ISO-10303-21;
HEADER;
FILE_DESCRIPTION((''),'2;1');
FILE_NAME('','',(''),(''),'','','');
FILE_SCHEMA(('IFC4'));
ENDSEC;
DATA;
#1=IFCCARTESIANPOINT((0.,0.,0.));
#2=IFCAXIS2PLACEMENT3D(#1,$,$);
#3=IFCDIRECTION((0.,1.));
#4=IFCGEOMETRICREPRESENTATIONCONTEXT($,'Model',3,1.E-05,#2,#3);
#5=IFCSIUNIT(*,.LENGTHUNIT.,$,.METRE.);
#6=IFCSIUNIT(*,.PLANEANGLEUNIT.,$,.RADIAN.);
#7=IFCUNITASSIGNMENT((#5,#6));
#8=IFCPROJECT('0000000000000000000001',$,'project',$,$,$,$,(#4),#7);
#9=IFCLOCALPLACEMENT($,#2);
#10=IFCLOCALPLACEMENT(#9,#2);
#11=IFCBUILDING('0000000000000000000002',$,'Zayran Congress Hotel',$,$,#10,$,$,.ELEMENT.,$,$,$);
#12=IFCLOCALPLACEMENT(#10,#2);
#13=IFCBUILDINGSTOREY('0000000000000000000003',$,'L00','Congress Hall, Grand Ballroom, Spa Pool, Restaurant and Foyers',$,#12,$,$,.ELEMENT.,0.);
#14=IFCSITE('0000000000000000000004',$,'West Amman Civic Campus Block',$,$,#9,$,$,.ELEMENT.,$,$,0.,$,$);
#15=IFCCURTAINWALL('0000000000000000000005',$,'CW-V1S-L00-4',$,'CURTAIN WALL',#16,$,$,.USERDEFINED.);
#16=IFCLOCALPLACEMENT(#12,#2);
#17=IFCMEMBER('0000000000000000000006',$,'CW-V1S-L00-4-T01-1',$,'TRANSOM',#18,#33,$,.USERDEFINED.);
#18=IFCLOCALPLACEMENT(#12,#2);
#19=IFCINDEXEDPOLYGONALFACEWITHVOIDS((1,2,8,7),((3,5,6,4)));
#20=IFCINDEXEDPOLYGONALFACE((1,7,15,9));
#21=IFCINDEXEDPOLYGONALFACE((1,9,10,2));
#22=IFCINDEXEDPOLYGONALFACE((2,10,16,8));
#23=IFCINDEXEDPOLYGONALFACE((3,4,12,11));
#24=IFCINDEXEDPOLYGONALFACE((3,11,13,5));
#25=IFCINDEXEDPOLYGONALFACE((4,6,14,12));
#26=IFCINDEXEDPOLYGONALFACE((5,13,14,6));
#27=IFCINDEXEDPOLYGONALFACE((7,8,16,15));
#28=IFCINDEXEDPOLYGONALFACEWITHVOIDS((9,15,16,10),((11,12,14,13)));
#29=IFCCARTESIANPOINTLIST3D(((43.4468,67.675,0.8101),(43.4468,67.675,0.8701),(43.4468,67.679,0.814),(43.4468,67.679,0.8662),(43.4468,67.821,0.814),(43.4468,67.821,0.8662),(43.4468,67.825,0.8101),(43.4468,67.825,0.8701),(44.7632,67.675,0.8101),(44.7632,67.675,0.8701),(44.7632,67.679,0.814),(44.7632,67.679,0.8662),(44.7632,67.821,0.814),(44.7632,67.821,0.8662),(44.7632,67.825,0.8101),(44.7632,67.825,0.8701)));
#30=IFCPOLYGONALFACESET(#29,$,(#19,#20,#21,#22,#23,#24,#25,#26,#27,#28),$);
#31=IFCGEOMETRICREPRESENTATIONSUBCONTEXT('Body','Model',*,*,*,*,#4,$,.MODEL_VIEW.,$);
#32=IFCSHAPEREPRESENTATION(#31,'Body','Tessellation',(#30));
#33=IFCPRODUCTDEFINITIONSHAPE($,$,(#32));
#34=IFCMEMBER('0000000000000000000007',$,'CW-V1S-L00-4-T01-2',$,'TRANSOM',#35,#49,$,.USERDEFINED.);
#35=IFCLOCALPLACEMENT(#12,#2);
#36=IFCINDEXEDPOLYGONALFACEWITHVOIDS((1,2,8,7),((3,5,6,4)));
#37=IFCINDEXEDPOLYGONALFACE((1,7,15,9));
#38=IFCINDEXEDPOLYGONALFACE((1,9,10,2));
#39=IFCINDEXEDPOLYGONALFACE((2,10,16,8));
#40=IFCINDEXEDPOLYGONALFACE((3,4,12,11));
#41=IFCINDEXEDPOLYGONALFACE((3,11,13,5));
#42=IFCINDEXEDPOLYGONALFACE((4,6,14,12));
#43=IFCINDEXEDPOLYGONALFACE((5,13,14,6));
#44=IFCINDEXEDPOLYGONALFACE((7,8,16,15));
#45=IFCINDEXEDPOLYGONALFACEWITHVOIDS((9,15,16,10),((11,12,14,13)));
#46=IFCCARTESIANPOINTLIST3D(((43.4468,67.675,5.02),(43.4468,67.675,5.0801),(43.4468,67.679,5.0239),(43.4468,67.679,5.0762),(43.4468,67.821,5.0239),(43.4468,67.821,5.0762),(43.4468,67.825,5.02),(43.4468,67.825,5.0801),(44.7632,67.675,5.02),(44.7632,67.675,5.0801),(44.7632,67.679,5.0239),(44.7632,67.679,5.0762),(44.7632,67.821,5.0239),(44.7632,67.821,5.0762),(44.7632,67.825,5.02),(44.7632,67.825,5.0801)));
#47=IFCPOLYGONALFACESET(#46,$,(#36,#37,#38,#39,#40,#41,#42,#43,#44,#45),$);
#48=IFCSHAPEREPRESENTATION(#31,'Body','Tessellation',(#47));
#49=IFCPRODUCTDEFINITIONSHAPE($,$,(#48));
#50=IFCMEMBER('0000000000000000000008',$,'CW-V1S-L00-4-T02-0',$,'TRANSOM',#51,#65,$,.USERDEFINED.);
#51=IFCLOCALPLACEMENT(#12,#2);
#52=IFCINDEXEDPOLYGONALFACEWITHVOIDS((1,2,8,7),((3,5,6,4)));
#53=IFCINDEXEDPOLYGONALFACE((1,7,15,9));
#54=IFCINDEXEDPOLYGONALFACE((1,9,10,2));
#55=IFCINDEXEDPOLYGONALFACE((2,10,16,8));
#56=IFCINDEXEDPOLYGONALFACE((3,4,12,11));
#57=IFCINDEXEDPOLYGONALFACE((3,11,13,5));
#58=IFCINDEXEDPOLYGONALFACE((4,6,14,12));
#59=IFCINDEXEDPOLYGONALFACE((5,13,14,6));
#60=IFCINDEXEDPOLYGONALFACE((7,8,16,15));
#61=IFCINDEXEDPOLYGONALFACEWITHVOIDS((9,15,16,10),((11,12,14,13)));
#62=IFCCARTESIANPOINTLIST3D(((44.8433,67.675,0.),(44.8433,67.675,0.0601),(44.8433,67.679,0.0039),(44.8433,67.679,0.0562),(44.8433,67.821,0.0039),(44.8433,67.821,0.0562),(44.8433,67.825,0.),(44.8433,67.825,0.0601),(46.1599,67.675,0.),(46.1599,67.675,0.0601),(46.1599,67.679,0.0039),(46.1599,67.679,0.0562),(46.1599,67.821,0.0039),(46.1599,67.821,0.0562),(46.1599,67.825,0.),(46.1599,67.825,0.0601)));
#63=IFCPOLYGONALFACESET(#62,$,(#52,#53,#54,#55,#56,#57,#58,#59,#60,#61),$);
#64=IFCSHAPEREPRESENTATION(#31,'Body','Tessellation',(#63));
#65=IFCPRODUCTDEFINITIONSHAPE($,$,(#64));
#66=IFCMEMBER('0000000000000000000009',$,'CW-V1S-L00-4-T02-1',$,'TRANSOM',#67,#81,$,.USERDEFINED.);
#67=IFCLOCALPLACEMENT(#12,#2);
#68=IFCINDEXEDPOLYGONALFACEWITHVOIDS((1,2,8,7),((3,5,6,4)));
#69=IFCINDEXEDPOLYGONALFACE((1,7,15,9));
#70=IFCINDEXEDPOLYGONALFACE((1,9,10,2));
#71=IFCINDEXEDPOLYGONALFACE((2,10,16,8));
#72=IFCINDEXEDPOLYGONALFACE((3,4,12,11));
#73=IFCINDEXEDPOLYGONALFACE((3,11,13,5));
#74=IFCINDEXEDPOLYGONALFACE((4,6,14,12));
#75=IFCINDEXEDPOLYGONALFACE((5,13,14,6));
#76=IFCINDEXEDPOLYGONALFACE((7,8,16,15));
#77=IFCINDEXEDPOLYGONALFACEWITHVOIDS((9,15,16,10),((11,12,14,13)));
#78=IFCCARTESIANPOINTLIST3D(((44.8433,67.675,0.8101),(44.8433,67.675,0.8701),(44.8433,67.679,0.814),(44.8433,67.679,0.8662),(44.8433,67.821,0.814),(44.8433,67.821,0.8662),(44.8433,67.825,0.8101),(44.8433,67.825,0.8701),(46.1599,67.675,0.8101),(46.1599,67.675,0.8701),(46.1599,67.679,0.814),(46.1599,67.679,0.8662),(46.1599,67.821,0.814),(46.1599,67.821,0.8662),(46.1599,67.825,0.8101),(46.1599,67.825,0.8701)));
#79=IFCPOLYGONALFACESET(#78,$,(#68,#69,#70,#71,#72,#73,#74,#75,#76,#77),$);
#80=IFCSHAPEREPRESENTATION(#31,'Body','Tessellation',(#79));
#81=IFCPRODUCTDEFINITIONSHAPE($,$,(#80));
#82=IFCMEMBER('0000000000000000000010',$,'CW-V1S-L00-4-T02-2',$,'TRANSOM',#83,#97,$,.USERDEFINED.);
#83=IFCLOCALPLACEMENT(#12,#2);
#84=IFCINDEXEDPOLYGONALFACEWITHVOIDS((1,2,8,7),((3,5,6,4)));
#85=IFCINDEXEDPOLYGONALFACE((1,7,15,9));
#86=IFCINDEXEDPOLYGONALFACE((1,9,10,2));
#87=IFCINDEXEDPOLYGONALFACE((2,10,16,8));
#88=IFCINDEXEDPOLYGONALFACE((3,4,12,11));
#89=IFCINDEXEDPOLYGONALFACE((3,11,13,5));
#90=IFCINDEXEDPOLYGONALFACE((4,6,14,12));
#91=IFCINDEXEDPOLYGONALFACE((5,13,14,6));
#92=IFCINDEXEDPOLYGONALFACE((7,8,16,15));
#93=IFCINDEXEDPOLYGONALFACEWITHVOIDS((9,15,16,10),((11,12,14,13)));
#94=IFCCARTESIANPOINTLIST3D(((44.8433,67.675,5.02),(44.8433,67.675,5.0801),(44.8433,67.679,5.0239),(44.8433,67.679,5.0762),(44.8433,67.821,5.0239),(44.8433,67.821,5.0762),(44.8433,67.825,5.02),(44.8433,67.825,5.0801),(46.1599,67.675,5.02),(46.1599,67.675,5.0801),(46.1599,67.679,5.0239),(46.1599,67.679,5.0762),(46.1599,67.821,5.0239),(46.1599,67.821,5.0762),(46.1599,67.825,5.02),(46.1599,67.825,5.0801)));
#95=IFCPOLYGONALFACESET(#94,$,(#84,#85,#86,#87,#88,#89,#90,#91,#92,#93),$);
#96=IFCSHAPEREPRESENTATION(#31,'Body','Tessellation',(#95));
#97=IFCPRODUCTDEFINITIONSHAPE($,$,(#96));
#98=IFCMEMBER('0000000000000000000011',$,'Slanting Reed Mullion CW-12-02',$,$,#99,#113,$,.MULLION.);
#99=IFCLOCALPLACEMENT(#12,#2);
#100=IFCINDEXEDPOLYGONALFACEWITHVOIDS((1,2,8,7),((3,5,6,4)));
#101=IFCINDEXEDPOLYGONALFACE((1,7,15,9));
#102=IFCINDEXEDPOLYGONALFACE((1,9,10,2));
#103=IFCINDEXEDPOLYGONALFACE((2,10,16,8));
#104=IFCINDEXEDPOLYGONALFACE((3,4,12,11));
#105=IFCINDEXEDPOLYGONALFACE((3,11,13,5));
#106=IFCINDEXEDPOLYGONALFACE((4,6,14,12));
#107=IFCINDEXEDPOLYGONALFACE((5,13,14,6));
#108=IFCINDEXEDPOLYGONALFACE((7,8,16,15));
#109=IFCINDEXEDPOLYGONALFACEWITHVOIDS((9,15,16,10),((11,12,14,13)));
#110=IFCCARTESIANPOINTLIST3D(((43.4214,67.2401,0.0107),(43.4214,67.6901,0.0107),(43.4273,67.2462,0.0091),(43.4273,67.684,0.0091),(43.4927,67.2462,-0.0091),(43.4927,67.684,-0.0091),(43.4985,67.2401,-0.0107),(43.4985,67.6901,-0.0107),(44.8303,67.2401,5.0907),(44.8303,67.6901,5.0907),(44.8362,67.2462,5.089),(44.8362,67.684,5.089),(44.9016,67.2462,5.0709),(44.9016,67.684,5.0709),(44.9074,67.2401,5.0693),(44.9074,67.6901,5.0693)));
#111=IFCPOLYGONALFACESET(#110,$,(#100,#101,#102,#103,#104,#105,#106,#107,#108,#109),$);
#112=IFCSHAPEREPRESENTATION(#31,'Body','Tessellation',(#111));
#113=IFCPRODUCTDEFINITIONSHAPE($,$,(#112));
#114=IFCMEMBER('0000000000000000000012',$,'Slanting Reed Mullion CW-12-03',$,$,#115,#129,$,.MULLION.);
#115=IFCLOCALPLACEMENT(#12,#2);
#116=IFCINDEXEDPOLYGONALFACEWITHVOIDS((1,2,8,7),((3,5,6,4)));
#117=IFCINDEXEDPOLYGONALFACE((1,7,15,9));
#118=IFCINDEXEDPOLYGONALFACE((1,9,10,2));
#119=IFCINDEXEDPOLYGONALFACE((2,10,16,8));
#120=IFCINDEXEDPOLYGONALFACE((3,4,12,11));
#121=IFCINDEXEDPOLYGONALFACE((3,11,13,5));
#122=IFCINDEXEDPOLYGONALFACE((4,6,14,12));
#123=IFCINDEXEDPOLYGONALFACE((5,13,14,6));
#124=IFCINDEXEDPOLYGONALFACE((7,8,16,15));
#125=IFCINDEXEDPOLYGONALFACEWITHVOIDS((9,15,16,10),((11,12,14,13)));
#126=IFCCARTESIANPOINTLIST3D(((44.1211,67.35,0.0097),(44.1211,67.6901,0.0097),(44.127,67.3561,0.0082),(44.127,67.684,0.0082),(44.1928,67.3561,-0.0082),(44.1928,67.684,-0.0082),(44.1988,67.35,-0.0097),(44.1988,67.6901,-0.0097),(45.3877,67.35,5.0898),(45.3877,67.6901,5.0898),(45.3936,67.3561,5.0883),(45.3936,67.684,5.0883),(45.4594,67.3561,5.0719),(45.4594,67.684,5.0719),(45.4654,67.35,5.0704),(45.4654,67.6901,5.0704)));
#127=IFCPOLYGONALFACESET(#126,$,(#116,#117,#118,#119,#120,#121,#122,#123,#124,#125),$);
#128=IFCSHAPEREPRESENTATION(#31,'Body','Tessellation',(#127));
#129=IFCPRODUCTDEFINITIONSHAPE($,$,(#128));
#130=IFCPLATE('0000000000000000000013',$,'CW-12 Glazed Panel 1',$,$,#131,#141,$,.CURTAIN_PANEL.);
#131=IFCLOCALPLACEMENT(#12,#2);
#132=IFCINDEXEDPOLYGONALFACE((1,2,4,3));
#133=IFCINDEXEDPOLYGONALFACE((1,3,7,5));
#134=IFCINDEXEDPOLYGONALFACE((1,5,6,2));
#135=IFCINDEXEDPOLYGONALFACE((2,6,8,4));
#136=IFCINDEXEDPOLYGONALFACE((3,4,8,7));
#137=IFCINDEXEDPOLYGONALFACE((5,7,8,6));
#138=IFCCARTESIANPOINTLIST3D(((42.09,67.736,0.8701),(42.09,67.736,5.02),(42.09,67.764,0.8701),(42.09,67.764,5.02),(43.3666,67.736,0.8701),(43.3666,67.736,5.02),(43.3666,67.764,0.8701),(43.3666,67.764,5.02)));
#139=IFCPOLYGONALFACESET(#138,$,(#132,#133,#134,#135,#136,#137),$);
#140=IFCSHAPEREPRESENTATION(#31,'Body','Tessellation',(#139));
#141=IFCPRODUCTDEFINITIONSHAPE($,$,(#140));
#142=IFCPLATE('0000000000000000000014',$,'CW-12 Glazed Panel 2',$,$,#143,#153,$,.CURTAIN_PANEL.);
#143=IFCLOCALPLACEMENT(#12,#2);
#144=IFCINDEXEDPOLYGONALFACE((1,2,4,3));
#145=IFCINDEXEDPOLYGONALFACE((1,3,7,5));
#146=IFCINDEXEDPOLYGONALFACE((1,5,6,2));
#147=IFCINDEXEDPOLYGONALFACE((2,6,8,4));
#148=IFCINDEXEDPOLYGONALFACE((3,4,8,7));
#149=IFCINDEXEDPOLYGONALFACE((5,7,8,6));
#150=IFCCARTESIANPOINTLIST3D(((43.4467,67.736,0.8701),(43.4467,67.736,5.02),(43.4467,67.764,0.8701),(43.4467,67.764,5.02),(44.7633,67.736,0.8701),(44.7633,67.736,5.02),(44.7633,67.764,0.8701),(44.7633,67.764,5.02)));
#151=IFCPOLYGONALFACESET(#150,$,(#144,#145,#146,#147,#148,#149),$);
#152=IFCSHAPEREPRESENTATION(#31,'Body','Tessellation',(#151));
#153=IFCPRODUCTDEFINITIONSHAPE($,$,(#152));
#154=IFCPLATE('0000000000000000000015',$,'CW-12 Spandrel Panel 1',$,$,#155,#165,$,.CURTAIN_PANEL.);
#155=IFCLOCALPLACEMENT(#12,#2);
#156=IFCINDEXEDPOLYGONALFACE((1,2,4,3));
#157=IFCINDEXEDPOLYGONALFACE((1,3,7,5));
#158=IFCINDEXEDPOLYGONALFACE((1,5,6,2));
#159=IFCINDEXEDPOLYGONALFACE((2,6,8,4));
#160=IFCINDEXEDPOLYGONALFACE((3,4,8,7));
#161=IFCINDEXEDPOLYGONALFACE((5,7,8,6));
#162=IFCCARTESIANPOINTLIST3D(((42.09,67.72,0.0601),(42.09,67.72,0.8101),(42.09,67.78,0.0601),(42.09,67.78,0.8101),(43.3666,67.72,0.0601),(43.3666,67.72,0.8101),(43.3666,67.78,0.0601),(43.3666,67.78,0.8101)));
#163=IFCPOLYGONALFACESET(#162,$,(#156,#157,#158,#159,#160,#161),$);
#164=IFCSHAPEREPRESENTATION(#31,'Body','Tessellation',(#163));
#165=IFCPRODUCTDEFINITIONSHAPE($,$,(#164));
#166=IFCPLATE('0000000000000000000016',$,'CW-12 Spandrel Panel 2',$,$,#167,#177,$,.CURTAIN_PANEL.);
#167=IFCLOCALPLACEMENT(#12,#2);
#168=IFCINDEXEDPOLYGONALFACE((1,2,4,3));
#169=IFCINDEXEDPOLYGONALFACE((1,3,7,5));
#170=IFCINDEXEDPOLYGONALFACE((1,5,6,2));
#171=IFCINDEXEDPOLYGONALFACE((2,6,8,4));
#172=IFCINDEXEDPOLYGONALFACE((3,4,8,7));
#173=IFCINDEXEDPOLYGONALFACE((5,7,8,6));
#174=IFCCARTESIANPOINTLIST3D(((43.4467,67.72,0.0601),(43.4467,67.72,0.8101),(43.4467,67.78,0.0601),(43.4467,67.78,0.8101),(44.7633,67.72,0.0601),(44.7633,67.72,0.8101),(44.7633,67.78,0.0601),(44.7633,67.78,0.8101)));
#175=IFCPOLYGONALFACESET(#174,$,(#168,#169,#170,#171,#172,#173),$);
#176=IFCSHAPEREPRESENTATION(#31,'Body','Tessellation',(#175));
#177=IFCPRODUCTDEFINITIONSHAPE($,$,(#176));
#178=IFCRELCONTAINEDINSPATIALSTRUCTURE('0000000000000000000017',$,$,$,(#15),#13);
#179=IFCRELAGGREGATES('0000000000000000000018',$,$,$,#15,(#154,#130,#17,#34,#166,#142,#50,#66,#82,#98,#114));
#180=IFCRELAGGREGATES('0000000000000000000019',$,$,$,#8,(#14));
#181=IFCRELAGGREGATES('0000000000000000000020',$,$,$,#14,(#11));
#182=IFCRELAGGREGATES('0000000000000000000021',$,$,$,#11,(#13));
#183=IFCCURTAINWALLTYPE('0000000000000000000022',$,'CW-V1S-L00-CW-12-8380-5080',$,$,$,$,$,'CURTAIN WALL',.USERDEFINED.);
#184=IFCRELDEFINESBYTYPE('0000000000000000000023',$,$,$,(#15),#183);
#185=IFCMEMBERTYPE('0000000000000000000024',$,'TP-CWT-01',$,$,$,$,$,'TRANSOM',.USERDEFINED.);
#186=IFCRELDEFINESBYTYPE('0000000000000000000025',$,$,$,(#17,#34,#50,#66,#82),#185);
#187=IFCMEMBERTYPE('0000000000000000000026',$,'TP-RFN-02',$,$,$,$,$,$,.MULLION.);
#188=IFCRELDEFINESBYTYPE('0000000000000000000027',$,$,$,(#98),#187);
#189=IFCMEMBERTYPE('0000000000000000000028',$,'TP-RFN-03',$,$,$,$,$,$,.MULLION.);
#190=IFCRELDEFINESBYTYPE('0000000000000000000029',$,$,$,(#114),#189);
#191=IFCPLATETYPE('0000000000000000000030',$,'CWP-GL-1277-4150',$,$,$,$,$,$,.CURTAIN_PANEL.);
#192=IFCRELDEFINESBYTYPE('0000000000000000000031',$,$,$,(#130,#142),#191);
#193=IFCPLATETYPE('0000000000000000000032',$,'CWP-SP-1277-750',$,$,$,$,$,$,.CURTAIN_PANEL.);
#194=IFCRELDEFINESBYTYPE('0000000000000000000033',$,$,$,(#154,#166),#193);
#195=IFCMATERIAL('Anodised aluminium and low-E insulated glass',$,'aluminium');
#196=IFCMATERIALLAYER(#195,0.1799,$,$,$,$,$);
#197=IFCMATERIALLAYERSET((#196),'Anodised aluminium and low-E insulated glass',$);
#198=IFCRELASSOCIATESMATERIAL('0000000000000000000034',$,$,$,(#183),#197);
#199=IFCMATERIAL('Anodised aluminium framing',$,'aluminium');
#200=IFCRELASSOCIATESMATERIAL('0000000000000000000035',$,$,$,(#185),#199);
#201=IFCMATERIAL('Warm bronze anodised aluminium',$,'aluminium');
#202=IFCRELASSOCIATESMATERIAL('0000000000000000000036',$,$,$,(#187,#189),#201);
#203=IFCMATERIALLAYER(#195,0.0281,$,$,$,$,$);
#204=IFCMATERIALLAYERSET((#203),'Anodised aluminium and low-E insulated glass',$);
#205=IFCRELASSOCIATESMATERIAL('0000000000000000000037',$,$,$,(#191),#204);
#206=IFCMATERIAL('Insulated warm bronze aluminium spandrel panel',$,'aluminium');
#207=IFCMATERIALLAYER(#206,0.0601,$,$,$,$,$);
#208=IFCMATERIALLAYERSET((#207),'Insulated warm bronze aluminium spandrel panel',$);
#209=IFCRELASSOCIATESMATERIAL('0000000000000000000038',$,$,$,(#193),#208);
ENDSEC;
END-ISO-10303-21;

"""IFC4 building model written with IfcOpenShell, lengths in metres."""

from ifc_helpers import new_model, si_unit, direction, frame, origin, origin_2d, place, context, subcontext, project, spatial, rectangle, hollow_rectangle, extrude, material, layer, layer_set, material_profile, profile_set, type_object, element, aggregate, save


model = new_model("IFC4")

# Units and contexts
model_context = context("Model", 3, precision=1e-05, world=origin(), true_north=direction((0.0, 1.0)))
body_context = subcontext(model_context, "Body", "Model", "MODEL_VIEW")
ifc_project = project(units=[si_unit("LENGTHUNIT", "METRE"), si_unit("PLANEANGLEUNIT", "RADIAN")], contexts=[model_context])

# Site, building, storey
site_placement = place(None, origin())
site = spatial("IfcSite", under=ifc_project, at=site_placement, Name="West Amman Civic Campus Block", CompositionType="ELEMENT", RefElevation=0.0)
building_placement = place(site_placement, origin())
building = spatial("IfcBuilding", under=site, at=building_placement, Name="Zayran Congress Hotel", CompositionType="ELEMENT")
storey_placement = place(building_placement, origin())
storey = spatial("IfcBuildingStorey", under=building, at=storey_placement, Name="L00", Description="Congress Hall, Grand Ballroom, Spa Pool, Restaurant and Foyers", CompositionType="ELEMENT", Elevation=0.0)

# Curtain wall, members, plates
ifc_material_1 = material(Name="Anodised aluminium and low-E insulated glass", Category="aluminium")
ifc_layer_1 = layer(ifc_material_1, 0.1799)
ifc_layer_set_1 = layer_set([ifc_layer_1], Name="Anodised aluminium and low-E insulated glass")
curtain_wall_type = type_object("IfcCurtainWallType", Name="CW-V1S-L00-CW-12-8380-5080", ElementType="CURTAIN WALL", PredefinedType="USERDEFINED", material=ifc_layer_set_1)
curtain_wall_placement = place(storey_placement, origin())
curtain_wall = element("IfcCurtainWall", 1, at=curtain_wall_placement, inside=storey, type_object=curtain_wall_type, Name="CW-V1S-L00-4", ObjectType="CURTAIN WALL", PredefinedType="USERDEFINED")
ifc_material_2 = material(Name="Anodised aluminium framing", Category="aluminium")
ifc_material_profile_1 = material_profile(ifc_material_2, hollow_rectangle(XDim=0.0601, YDim=0.1499, WallThickness=0.0039, at=origin_2d()), Name="RHS 150x60x4")
ifc_profile_set_1 = profile_set([ifc_material_profile_1], Name="Anodised aluminium framing")
member_type_1 = type_object("IfcMemberType", Name="TP-CWT-01", ElementType="TRANSOM", PredefinedType="USERDEFINED", material=ifc_profile_set_1)
member_1_placement = place(storey_placement, frame((43.4468, 67.75, 0.8401), z_axis=(1.0, 0.0, 0.0), x_axis=(0.0, 0.0, 1.0)))
member_1 = element("IfcMember", 2, at=member_1_placement, type_object=member_type_1, Name="CW-V1S-L00-4-T01-1", ObjectType="TRANSOM", PredefinedType="USERDEFINED", context=body_context, shape_type="SweptSolid", body=[
    extrude(hollow_rectangle(XDim=0.0601, YDim=0.1499, WallThickness=0.0039, at=origin_2d()), origin(), (0.0, 0.0, 1.0), 1.3164),
])
member_2_placement = place(storey_placement, frame((43.4468, 67.75, 5.05), z_axis=(1.0, 0.0, 0.0), x_axis=(0.0, 0.0, 1.0)))
member_2 = element("IfcMember", 3, at=member_2_placement, type_object=member_type_1, Name="CW-V1S-L00-4-T01-2", ObjectType="TRANSOM", PredefinedType="USERDEFINED", context=body_context, shape_type="SweptSolid", body=[
    extrude(hollow_rectangle(XDim=0.0601, YDim=0.1499, WallThickness=0.0039, at=origin_2d()), origin(), (0.0, 0.0, 1.0), 1.3164),
])
member_3_placement = place(storey_placement, frame((44.8433, 67.75, 0.03), z_axis=(1.0, 0.0, 0.0), x_axis=(0.0, 0.0, 1.0)))
member_3 = element("IfcMember", 4, at=member_3_placement, type_object=member_type_1, Name="CW-V1S-L00-4-T02-0", ObjectType="TRANSOM", PredefinedType="USERDEFINED", context=body_context, shape_type="SweptSolid", body=[
    extrude(hollow_rectangle(XDim=0.0601, YDim=0.1499, WallThickness=0.0039, at=origin_2d()), origin(), (0.0, 0.0, 1.0), 1.3167),
])
member_4_placement = place(storey_placement, frame((44.8433, 67.75, 0.8401), z_axis=(1.0, 0.0, 0.0), x_axis=(0.0, 0.0, 1.0)))
member_4 = element("IfcMember", 5, at=member_4_placement, type_object=member_type_1, Name="CW-V1S-L00-4-T02-1", ObjectType="TRANSOM", PredefinedType="USERDEFINED", context=body_context, shape_type="SweptSolid", body=[
    extrude(hollow_rectangle(XDim=0.0601, YDim=0.1499, WallThickness=0.0039, at=origin_2d()), origin(), (0.0, 0.0, 1.0), 1.3167),
])
member_5_placement = place(storey_placement, frame((44.8433, 67.75, 5.05), z_axis=(1.0, 0.0, 0.0), x_axis=(0.0, 0.0, 1.0)))
member_5 = element("IfcMember", 6, at=member_5_placement, type_object=member_type_1, Name="CW-V1S-L00-4-T02-2", ObjectType="TRANSOM", PredefinedType="USERDEFINED", context=body_context, shape_type="SweptSolid", body=[
    extrude(hollow_rectangle(XDim=0.0601, YDim=0.1499, WallThickness=0.0039, at=origin_2d()), origin(), (0.0, 0.0, 1.0), 1.3167),
])
ifc_material_3 = material(Name="Warm bronze anodised aluminium", Category="aluminium")
ifc_material_profile_2 = material_profile(ifc_material_3, hollow_rectangle(XDim=0.0801, YDim=0.45, WallThickness=0.0061, at=origin_2d()), Name="RHS 450x80x6")
ifc_profile_set_2 = profile_set([ifc_material_profile_2], Name="Warm bronze anodised aluminium")
member_type_2 = type_object("IfcMemberType", Name="TP-RFN-02", PredefinedType="MULLION", material=ifc_profile_set_2)
member_6_placement = place(storey_placement, frame((43.46, 67.4651, 0.0), z_axis=(0.267257, 0.0, 0.963625), x_axis=(-0.963625, 0.0, 0.267257)))
member_6 = element("IfcMember", 7, at=member_6_placement, type_object=member_type_2, Name="Slanting Reed Mullion CW-12-02", PredefinedType="MULLION", context=body_context, shape_type="SweptSolid", body=[
    extrude(hollow_rectangle(XDim=0.0801, YDim=0.45, WallThickness=0.0061, at=origin_2d()), origin(), (0.0, 0.0, 1.0), 5.2717),
])
ifc_material_profile_3 = material_profile(ifc_material_3, hollow_rectangle(XDim=0.0801, YDim=0.3401, WallThickness=0.0061, at=origin_2d()), Name="RHS 340x80x6")
ifc_profile_set_3 = profile_set([ifc_material_profile_3], Name="Warm bronze anodised aluminium")
member_type_3 = type_object("IfcMemberType", Name="TP-RFN-03", PredefinedType="MULLION", material=ifc_profile_set_3)
member_7_placement = place(storey_placement, frame((44.1599, 67.52, 0.0), z_axis=(0.241921, 0.0, 0.970296), x_axis=(-0.970296, 0.0, 0.241921)))
member_7 = element("IfcMember", 8, at=member_7_placement, type_object=member_type_3, Name="Slanting Reed Mullion CW-12-03", PredefinedType="MULLION", context=body_context, shape_type="SweptSolid", body=[
    extrude(hollow_rectangle(XDim=0.0801, YDim=0.3401, WallThickness=0.0061, at=origin_2d()), origin(), (0.0, 0.0, 1.0), 5.2356),
])
ifc_layer_2 = layer(ifc_material_1, 0.0281)
ifc_layer_set_2 = layer_set([ifc_layer_2], Name="Anodised aluminium and low-E insulated glass")
plate_type_1 = type_object("IfcPlateType", Name="CWP-GL-1277-4150", PredefinedType="CURTAIN_PANEL", material=ifc_layer_set_2)
plate_1_placement = place(storey_placement, frame((42.7283, 67.75, 0.8701), z_axis=(0.0, 0.0, 1.0), x_axis=(1.0, 0.0, 0.0)))
plate_1 = element("IfcPlate", 9, at=plate_1_placement, type_object=plate_type_1, Name="CW-12 Glazed Panel 1", PredefinedType="CURTAIN_PANEL", context=body_context, shape_type="SweptSolid", body=[
    extrude(rectangle(XDim=1.2766, YDim=0.0281, at=origin_2d()), origin(), (0.0, 0.0, 1.0), 4.1499),
])
plate_2_placement = place(storey_placement, frame((44.105, 67.75, 0.8701), z_axis=(0.0, 0.0, 1.0), x_axis=(1.0, 0.0, 0.0)))
plate_2 = element("IfcPlate", 10, at=plate_2_placement, type_object=plate_type_1, Name="CW-12 Glazed Panel 2", PredefinedType="CURTAIN_PANEL", context=body_context, shape_type="SweptSolid", body=[
    extrude(rectangle(XDim=1.3167, YDim=0.0281, at=origin_2d()), origin(), (0.0, 0.0, 1.0), 4.1499),
])
ifc_material_4 = material(Name="Insulated warm bronze aluminium spandrel panel", Category="aluminium")
ifc_layer_3 = layer(ifc_material_4, 0.0601)
ifc_layer_set_3 = layer_set([ifc_layer_3], Name="Insulated warm bronze aluminium spandrel panel")
plate_type_2 = type_object("IfcPlateType", Name="CWP-SP-1277-750", PredefinedType="CURTAIN_PANEL", material=ifc_layer_set_3)
plate_3_placement = place(storey_placement, frame((42.7283, 67.75, 0.0601), z_axis=(0.0, 0.0, 1.0), x_axis=(1.0, 0.0, 0.0)))
plate_3 = element("IfcPlate", 11, at=plate_3_placement, type_object=plate_type_2, Name="CW-12 Spandrel Panel 1", PredefinedType="CURTAIN_PANEL", context=body_context, shape_type="SweptSolid", body=[
    extrude(rectangle(XDim=1.2766, YDim=0.0601, at=origin_2d()), origin(), (0.0, 0.0, 1.0), 0.75),
])
plate_4_placement = place(storey_placement, frame((44.105, 67.75, 0.0601), z_axis=(0.0, 0.0, 1.0), x_axis=(1.0, 0.0, 0.0)))
plate_4 = element("IfcPlate", 12, at=plate_4_placement, type_object=plate_type_2, Name="CW-12 Spandrel Panel 2", PredefinedType="CURTAIN_PANEL", context=body_context, shape_type="SweptSolid", body=[
    extrude(rectangle(XDim=1.3167, YDim=0.0601, at=origin_2d()), origin(), (0.0, 0.0, 1.0), 0.75),
])
aggregate(curtain_wall, [plate_3, plate_1, member_1, member_2, plate_4, plate_2, member_3, member_4, member_5, member_6, member_7])

save(model, "model.ifc")
